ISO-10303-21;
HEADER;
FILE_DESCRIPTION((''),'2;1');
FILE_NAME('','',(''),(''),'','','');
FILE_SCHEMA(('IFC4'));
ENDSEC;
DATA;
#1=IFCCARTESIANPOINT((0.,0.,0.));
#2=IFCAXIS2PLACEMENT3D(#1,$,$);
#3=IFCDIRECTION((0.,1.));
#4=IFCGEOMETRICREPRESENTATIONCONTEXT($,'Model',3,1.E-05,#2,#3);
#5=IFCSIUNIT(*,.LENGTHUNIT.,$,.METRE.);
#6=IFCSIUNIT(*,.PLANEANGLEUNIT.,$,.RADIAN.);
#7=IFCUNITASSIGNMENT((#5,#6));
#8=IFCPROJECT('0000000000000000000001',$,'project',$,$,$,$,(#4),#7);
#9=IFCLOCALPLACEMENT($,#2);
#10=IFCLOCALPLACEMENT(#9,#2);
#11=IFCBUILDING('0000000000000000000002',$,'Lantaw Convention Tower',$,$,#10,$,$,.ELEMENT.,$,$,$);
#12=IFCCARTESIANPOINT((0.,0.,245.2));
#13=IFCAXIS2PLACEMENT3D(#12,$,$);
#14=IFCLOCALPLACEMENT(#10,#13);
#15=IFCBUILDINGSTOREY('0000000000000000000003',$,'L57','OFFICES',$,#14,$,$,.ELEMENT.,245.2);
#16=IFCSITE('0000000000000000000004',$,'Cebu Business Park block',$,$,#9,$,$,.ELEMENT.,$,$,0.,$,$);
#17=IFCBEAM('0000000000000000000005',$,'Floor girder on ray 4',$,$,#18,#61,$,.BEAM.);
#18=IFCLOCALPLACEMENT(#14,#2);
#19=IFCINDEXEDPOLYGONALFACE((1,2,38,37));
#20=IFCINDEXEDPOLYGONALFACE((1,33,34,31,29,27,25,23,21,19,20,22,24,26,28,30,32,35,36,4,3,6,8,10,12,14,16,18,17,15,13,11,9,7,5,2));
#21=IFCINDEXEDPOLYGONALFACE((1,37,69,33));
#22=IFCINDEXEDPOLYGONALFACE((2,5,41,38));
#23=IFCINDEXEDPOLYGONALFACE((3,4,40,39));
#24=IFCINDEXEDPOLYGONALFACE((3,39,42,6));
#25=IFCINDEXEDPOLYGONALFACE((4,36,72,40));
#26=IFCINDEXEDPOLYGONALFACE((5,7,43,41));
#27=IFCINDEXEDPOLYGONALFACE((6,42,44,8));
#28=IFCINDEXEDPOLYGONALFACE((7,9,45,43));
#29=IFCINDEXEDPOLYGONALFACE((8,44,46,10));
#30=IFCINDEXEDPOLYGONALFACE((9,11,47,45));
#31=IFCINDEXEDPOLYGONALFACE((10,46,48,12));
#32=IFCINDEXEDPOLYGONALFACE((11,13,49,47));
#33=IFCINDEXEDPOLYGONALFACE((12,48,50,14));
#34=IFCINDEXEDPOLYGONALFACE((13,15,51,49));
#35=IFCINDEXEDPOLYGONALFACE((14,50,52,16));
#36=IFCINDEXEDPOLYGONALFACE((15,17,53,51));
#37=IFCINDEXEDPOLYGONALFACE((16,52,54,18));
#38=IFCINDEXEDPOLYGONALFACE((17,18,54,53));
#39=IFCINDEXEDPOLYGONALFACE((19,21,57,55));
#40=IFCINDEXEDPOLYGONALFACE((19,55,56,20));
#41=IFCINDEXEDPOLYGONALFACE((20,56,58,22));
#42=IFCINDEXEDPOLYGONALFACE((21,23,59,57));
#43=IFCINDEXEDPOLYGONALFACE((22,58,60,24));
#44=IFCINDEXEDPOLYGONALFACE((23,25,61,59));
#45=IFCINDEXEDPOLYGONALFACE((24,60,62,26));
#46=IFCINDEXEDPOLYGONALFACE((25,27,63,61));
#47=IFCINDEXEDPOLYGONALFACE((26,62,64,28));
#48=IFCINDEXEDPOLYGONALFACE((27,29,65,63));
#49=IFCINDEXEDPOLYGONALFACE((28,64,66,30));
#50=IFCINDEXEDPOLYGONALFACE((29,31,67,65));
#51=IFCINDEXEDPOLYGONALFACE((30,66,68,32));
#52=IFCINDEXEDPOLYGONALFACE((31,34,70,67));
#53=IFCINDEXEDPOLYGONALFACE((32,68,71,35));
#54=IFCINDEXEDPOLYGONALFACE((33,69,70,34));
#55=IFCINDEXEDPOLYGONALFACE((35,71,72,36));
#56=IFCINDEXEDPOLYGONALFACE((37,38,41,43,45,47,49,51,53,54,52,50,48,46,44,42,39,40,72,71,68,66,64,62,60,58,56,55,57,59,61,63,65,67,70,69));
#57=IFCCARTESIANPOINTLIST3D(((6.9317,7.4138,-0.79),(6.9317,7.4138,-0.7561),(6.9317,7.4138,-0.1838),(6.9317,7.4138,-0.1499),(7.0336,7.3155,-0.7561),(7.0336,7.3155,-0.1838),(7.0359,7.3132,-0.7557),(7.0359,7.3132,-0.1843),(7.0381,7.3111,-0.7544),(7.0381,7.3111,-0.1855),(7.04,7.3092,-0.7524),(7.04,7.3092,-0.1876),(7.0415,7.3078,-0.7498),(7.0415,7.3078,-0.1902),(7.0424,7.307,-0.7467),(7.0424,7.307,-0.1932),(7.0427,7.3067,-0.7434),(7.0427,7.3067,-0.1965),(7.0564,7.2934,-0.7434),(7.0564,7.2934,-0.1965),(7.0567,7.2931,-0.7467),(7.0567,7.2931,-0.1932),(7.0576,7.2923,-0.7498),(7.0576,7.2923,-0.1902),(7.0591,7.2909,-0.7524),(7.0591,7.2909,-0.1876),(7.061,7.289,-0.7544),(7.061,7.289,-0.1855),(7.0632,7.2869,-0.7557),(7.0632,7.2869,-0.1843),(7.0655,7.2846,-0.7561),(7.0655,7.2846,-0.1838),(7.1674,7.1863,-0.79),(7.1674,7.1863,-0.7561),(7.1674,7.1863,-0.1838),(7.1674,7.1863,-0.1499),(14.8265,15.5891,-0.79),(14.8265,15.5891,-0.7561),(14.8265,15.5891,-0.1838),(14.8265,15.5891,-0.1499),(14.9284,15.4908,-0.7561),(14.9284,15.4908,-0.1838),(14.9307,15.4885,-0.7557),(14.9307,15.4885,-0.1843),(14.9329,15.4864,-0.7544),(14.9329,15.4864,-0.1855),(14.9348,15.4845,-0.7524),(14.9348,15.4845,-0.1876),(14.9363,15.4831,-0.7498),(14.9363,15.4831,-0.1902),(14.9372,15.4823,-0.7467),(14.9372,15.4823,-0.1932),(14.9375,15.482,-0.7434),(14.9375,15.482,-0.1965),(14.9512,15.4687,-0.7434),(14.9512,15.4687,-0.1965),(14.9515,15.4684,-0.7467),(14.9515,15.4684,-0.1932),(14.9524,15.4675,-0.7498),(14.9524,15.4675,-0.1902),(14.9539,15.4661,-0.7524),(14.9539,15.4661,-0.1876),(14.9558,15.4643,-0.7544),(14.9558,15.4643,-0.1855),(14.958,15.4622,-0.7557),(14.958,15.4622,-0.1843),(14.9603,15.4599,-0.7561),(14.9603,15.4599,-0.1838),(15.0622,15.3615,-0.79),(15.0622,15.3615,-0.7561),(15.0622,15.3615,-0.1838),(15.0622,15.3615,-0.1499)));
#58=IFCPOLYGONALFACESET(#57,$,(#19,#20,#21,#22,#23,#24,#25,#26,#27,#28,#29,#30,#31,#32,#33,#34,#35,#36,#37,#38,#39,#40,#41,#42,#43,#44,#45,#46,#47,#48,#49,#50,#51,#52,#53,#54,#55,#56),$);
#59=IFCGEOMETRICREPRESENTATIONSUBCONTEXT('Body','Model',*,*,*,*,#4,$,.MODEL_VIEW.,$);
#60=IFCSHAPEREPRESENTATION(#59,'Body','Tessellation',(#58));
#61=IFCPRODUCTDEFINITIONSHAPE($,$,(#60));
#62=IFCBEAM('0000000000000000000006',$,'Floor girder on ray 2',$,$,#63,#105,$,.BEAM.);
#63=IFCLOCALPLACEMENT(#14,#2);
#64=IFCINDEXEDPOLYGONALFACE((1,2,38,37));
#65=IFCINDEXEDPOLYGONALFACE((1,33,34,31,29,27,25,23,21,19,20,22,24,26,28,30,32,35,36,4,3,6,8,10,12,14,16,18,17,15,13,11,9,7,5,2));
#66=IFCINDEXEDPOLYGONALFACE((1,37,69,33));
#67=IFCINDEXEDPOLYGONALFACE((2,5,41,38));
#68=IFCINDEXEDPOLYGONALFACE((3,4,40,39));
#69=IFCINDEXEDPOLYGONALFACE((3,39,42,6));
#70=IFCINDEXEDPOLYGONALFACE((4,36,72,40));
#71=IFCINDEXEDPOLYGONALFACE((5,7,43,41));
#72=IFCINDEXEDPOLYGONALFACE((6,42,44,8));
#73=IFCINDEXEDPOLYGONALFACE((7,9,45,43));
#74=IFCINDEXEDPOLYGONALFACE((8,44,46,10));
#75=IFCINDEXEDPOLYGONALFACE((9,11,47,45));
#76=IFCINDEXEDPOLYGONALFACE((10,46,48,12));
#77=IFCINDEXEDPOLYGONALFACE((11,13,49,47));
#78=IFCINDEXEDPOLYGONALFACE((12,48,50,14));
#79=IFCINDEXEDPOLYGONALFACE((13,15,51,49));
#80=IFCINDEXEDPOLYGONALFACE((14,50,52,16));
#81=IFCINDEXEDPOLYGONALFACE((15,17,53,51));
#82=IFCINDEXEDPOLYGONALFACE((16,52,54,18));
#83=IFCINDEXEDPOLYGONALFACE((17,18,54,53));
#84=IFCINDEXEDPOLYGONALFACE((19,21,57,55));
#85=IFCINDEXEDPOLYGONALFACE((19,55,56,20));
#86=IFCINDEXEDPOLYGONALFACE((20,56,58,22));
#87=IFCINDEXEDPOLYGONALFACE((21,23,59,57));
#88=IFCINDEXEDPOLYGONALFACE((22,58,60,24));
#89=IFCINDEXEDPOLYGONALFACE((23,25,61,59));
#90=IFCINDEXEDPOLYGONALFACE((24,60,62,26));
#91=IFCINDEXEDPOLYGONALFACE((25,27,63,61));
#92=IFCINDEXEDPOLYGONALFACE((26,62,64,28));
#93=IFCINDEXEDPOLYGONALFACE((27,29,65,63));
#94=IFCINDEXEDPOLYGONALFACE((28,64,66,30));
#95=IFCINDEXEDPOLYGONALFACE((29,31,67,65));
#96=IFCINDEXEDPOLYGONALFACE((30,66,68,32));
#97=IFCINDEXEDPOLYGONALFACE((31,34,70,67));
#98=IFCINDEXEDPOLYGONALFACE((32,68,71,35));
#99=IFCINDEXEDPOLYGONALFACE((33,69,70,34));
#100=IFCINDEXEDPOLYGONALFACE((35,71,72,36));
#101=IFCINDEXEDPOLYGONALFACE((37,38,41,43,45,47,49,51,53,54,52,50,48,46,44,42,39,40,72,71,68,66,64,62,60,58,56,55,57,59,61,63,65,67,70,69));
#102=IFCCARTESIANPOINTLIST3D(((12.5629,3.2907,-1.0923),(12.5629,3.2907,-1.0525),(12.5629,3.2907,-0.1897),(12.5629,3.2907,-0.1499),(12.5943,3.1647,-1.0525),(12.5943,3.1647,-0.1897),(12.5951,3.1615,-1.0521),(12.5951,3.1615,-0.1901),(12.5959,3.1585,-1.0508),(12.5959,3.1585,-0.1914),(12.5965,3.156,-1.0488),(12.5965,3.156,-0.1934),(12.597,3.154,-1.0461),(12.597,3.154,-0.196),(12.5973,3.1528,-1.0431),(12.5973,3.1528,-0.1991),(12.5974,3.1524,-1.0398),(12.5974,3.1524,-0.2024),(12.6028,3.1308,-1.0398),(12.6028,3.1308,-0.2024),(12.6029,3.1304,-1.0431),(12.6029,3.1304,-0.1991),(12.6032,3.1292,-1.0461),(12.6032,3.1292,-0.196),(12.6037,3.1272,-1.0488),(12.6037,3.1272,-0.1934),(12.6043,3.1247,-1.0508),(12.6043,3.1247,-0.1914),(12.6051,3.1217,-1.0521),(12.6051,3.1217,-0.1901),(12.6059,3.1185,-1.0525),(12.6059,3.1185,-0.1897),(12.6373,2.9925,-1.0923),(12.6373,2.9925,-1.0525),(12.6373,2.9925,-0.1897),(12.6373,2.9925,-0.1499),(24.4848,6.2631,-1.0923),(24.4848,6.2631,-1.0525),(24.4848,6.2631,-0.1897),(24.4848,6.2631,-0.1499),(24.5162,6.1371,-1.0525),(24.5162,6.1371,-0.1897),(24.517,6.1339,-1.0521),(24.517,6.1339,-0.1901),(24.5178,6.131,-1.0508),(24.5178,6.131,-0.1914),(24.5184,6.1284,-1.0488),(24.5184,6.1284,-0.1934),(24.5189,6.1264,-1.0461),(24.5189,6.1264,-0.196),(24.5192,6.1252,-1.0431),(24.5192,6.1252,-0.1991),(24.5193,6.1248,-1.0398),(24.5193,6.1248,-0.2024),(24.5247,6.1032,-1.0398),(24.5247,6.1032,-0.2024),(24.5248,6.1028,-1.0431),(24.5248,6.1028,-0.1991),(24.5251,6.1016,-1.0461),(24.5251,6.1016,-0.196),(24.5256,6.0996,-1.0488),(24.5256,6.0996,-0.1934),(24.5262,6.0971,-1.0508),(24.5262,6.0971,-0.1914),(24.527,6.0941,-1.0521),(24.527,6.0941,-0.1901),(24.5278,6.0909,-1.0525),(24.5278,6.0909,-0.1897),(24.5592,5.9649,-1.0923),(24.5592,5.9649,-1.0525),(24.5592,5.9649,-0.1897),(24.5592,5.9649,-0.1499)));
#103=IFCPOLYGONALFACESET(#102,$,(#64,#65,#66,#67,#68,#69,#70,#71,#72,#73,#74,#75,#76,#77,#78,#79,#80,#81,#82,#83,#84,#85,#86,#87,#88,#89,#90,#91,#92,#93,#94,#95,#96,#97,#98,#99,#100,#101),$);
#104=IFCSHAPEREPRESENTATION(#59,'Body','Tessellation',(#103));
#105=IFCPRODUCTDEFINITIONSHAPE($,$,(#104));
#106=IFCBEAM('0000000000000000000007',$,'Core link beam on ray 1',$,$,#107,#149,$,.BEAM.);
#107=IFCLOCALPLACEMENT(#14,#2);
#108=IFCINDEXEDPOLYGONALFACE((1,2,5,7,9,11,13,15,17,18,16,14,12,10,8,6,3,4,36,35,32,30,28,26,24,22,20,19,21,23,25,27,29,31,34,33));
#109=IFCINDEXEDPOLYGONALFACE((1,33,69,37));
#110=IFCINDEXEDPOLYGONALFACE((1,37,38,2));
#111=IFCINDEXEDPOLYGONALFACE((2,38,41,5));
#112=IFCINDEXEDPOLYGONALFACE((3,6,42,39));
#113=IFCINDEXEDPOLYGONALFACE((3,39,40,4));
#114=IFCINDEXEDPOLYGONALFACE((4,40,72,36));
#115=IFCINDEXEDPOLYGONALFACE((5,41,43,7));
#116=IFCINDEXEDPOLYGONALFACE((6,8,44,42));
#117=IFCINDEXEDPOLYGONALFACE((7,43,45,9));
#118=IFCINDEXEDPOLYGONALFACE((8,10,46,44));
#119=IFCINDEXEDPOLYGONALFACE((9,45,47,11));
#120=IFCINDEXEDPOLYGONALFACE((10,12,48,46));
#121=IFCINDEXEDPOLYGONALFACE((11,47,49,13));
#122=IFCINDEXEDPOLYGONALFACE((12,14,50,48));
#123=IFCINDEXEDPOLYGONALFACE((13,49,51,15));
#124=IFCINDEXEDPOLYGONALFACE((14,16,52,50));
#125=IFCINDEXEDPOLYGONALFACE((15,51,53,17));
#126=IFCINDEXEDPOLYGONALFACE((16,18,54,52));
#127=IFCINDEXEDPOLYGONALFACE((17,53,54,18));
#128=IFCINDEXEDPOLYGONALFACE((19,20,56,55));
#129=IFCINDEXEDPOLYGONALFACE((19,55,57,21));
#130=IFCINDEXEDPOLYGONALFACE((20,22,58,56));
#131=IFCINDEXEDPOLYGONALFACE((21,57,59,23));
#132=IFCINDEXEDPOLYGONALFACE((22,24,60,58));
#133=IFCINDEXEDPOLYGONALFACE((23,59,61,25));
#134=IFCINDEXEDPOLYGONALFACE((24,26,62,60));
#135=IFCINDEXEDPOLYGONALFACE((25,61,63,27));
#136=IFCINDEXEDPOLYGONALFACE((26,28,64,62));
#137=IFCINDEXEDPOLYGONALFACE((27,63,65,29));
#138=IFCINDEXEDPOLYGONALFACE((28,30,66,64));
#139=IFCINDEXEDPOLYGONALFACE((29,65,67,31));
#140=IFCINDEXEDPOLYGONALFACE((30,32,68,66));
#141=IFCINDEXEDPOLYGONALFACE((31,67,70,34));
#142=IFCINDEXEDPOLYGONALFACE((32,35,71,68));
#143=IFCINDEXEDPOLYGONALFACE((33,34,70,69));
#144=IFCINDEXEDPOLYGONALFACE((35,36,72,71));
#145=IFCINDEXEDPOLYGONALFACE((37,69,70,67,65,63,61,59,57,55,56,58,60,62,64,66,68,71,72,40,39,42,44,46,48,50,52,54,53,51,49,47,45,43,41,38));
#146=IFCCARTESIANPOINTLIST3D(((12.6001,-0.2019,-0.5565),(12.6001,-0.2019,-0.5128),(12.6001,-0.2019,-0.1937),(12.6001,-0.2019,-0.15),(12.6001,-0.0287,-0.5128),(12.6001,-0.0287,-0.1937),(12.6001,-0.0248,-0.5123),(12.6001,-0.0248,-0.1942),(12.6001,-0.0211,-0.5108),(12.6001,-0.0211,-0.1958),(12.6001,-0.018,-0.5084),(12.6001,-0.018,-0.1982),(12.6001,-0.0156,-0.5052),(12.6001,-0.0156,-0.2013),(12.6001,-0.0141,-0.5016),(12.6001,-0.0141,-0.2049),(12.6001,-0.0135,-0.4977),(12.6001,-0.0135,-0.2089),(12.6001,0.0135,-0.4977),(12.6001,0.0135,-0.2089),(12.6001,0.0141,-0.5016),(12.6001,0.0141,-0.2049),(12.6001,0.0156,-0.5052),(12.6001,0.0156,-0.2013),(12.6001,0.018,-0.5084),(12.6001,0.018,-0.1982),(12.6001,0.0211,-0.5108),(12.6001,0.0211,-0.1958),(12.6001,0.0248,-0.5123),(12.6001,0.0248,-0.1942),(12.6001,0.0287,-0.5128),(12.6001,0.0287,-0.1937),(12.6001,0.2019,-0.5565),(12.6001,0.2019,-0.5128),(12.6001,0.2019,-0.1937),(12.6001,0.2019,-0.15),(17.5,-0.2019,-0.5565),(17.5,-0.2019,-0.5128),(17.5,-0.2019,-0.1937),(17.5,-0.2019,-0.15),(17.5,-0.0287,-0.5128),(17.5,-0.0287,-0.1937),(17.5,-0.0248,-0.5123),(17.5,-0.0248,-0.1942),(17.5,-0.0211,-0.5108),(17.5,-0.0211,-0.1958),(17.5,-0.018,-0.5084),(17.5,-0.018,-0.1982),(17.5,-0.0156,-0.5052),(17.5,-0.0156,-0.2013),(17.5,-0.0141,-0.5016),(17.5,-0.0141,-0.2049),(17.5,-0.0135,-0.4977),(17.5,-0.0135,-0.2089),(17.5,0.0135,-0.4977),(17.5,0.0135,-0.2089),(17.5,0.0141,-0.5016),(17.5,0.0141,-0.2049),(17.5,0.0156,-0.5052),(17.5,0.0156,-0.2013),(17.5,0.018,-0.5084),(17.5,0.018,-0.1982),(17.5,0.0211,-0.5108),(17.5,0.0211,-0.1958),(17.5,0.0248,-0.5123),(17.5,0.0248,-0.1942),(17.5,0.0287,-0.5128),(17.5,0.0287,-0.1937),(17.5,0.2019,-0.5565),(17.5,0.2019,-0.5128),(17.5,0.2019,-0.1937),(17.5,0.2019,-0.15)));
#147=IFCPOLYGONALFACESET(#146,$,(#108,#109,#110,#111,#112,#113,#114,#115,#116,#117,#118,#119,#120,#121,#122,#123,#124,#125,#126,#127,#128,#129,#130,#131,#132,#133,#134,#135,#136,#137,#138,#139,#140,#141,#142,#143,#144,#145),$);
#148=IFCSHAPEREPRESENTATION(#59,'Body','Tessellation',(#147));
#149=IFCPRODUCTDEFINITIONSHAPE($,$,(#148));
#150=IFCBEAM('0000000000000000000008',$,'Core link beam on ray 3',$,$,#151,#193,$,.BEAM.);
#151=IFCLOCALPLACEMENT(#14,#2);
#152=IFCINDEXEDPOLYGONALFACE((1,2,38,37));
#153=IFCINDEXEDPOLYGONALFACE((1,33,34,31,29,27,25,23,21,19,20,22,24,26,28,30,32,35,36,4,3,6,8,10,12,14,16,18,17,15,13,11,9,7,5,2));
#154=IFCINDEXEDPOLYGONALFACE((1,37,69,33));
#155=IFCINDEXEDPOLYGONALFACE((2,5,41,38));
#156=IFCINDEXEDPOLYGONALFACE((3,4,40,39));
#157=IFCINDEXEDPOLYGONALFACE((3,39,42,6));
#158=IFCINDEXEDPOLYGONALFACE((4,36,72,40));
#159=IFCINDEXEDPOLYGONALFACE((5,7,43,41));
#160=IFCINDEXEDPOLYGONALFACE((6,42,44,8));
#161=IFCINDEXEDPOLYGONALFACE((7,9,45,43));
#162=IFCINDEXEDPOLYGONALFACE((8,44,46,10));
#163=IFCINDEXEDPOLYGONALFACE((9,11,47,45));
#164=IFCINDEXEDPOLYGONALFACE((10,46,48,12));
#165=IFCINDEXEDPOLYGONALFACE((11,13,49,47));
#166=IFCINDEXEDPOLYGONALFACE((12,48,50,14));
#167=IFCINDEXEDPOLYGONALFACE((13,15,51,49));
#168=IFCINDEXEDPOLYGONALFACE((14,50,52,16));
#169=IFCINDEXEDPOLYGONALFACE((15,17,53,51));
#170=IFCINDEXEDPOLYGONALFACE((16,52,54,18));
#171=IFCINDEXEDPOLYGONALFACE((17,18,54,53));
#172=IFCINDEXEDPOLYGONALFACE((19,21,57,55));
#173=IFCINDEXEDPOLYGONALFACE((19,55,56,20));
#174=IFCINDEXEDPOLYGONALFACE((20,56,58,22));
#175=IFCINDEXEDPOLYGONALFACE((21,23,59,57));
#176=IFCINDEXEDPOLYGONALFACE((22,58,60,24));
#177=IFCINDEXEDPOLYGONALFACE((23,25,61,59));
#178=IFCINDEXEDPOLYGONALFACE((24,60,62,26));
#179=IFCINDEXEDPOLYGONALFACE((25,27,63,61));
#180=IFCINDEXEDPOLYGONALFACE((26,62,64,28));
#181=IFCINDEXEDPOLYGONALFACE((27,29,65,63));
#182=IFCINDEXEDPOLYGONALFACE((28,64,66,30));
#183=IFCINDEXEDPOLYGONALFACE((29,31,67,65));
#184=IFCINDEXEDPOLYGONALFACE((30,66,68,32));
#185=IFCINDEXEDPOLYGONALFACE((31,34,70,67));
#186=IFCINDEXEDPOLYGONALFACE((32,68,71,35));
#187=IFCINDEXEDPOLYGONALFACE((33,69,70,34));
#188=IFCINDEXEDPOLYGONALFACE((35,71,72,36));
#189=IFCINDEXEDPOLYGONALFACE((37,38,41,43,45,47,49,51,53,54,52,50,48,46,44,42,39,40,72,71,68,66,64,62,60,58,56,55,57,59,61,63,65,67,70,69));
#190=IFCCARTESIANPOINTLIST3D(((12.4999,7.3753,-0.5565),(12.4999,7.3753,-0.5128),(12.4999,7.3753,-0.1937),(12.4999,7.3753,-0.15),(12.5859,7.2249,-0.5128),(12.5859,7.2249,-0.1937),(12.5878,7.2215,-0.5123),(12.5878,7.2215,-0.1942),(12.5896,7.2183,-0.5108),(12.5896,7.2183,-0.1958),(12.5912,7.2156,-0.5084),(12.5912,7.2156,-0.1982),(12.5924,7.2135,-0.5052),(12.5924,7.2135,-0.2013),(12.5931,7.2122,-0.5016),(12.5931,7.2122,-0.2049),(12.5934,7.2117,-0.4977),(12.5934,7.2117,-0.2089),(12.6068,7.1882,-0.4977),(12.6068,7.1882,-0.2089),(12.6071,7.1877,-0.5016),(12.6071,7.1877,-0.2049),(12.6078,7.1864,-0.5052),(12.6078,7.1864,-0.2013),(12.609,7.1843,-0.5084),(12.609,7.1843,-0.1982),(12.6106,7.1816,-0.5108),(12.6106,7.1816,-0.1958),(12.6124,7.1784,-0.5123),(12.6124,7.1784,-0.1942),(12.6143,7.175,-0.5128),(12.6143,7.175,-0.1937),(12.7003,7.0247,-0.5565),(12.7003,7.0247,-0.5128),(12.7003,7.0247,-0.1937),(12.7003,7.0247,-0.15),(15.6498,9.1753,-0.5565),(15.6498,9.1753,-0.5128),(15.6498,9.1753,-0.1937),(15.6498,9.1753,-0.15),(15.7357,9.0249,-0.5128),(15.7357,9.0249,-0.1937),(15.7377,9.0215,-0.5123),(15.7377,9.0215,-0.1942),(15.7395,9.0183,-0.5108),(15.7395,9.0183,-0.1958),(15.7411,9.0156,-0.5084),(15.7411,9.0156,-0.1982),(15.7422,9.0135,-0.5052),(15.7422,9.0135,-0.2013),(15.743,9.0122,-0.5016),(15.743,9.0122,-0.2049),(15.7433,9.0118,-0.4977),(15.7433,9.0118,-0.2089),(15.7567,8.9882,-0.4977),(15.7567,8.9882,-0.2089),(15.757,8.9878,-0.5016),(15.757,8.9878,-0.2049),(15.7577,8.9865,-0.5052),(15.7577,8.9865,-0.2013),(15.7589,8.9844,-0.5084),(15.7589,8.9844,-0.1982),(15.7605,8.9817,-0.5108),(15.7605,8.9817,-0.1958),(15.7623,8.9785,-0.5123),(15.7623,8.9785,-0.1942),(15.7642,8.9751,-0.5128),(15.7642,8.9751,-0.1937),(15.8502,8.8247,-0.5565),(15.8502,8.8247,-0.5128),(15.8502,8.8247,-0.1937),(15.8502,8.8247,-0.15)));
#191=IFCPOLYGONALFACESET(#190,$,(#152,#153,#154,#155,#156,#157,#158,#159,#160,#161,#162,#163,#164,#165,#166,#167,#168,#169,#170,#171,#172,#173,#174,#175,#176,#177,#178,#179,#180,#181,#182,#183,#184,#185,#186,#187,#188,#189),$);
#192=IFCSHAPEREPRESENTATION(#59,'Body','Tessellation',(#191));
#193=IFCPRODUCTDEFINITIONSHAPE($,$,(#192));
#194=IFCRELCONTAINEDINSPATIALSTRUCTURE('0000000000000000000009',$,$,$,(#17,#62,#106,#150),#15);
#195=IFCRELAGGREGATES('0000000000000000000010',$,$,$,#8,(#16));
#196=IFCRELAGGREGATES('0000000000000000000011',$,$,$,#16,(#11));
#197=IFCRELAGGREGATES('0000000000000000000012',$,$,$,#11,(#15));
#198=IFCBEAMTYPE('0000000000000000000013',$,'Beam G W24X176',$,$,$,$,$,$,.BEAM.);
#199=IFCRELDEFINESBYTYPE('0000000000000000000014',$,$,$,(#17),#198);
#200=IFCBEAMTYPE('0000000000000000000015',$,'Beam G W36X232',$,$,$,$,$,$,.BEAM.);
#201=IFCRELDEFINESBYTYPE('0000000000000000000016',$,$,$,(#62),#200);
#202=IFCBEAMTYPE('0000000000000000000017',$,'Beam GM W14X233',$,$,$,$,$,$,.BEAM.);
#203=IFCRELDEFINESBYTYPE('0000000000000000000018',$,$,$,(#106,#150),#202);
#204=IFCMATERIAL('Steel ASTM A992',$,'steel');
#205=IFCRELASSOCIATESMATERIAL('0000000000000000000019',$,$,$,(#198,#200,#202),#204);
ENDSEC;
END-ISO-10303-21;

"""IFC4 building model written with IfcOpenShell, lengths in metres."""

from ifc_helpers import new_model, si_unit, direction, frame, origin, origin_2d, place, context, subcontext, project, spatial, i_section, extrude, material, material_profile, profile_set, type_object, element, save


model = new_model("IFC4")

# Units and contexts
model_context = context("Model", 3, precision=1e-05, world=origin(), true_north=direction((0.0, 1.0)))
body_context = subcontext(model_context, "Body", "Model", "MODEL_VIEW")
ifc_project = project(units=[si_unit("LENGTHUNIT", "METRE"), si_unit("PLANEANGLEUNIT", "RADIAN")], contexts=[model_context])

# Site, building, storey
site_placement = place(None, origin())
site = spatial("IfcSite", under=ifc_project, at=site_placement, Name="Cebu Business Park block", CompositionType="ELEMENT", RefElevation=0.0)
building_placement = place(site_placement, origin())
building = spatial("IfcBuilding", under=site, at=building_placement, Name="Lantaw Convention Tower", CompositionType="ELEMENT")
storey_placement = place(building_placement, frame((0.0, 0.0, 245.2)))
storey = spatial("IfcBuildingStorey", under=building, at=storey_placement, Name="L57", Description="OFFICES", CompositionType="ELEMENT", Elevation=245.2)

# Beams
ifc_material_1 = material(Name="Steel ASTM A992", Category="steel")
ifc_material_profile_1 = material_profile(ifc_material_1, i_section(OverallWidth=0.3276, OverallDepth=0.6401, WebThickness=0.019, FlangeThickness=0.0339, FilletRadius=0.0127, at=origin_2d()), Name="W24X176")
ifc_profile_set_1 = profile_set([ifc_material_profile_1], Name="Steel ASTM A992")
beam_type_1 = type_object("IfcBeamType", Name="Beam G W24X176", PredefinedType="BEAM", material=ifc_profile_set_1)
beam_1_placement = place(storey_placement, frame((7.0496, 7.3, -0.47), z_axis=(0.694658, 0.71934, 0.0), x_axis=(-0.71934, 0.694658, 0.0)))
element("IfcBeam", 1, at=beam_1_placement, inside=storey, type_object=beam_type_1, Name="Floor girder on ray 4", PredefinedType="BEAM", context=body_context, shape_type="SweptSolid", body=[
    extrude(i_section(OverallWidth=0.3276, OverallDepth=0.6401, WebThickness=0.019, FlangeThickness=0.0339, FilletRadius=0.0127, at=origin_2d()), origin(), (0.0, 0.0, 1.0), 11.365),
])
ifc_material_profile_2 = material_profile(ifc_material_1, i_section(OverallWidth=0.3074, OverallDepth=0.9424, WebThickness=0.0222, FlangeThickness=0.0398, FilletRadius=0.0127, at=origin_2d()), Name="W36X232")
ifc_profile_set_2 = profile_set([ifc_material_profile_2], Name="Steel ASTM A992")
beam_type_2 = type_object("IfcBeamType", Name="Beam G W36X232", PredefinedType="BEAM", material=ifc_profile_set_2)
beam_2_placement = place(storey_placement, frame((12.6001, 3.1416, -0.6211), z_axis=(0.970297, 0.241918, 0.0), x_axis=(-0.241918, 0.970297, 0.0)))
element("IfcBeam", 2, at=beam_2_placement, inside=storey, type_object=beam_type_2, Name="Floor girder on ray 2", PredefinedType="BEAM", context=body_context, shape_type="SweptSolid", body=[
    extrude(i_section(OverallWidth=0.3074, OverallDepth=0.9424, WebThickness=0.0222, FlangeThickness=0.0398, FilletRadius=0.0127, at=origin_2d()), origin(), (0.0, 0.0, 1.0), 12.2869),
])
ifc_material_profile_3 = material_profile(ifc_material_1, i_section(OverallWidth=0.4038, OverallDepth=0.4065, WebThickness=0.0271, FlangeThickness=0.0437, FilletRadius=0.0151, at=origin_2d()), Name="W14X233")
ifc_profile_set_3 = profile_set([ifc_material_profile_3], Name="Steel ASTM A992")
beam_type_3 = type_object("IfcBeamType", Name="Beam GM W14X233", PredefinedType="BEAM", material=ifc_profile_set_3)
beam_3_placement = place(storey_placement, frame((12.6001, 0.0, -0.3533), z_axis=(1.0, 0.0, 0.0), x_axis=(0.0, 1.0, 0.0)))
element("IfcBeam", 3, at=beam_3_placement, inside=storey, type_object=beam_type_3, Name="Core link beam on ray 1", PredefinedType="BEAM", context=body_context, shape_type="SweptSolid", body=[
    extrude(i_section(OverallWidth=0.4038, OverallDepth=0.4065, WebThickness=0.0271, FlangeThickness=0.0437, FilletRadius=0.0151, at=origin_2d()), origin(), (0.0, 0.0, 1.0), 4.8999),
])
beam_4_placement = place(storey_placement, frame((12.6001, 7.2, -0.3533), z_axis=(0.868231, 0.496161, 0.0), x_axis=(-0.496161, 0.868231, 0.0)))
element("IfcBeam", 4, at=beam_4_placement, inside=storey, type_object=beam_type_3, Name="Core link beam on ray 3", PredefinedType="BEAM", context=body_context, shape_type="SweptSolid", body=[
    extrude(i_section(OverallWidth=0.4038, OverallDepth=0.4065, WebThickness=0.0271, FlangeThickness=0.0437, FilletRadius=0.0151, at=origin_2d()), origin(), (0.0, 0.0, 1.0), 3.6279),
])

save(model, "model.ifc")
